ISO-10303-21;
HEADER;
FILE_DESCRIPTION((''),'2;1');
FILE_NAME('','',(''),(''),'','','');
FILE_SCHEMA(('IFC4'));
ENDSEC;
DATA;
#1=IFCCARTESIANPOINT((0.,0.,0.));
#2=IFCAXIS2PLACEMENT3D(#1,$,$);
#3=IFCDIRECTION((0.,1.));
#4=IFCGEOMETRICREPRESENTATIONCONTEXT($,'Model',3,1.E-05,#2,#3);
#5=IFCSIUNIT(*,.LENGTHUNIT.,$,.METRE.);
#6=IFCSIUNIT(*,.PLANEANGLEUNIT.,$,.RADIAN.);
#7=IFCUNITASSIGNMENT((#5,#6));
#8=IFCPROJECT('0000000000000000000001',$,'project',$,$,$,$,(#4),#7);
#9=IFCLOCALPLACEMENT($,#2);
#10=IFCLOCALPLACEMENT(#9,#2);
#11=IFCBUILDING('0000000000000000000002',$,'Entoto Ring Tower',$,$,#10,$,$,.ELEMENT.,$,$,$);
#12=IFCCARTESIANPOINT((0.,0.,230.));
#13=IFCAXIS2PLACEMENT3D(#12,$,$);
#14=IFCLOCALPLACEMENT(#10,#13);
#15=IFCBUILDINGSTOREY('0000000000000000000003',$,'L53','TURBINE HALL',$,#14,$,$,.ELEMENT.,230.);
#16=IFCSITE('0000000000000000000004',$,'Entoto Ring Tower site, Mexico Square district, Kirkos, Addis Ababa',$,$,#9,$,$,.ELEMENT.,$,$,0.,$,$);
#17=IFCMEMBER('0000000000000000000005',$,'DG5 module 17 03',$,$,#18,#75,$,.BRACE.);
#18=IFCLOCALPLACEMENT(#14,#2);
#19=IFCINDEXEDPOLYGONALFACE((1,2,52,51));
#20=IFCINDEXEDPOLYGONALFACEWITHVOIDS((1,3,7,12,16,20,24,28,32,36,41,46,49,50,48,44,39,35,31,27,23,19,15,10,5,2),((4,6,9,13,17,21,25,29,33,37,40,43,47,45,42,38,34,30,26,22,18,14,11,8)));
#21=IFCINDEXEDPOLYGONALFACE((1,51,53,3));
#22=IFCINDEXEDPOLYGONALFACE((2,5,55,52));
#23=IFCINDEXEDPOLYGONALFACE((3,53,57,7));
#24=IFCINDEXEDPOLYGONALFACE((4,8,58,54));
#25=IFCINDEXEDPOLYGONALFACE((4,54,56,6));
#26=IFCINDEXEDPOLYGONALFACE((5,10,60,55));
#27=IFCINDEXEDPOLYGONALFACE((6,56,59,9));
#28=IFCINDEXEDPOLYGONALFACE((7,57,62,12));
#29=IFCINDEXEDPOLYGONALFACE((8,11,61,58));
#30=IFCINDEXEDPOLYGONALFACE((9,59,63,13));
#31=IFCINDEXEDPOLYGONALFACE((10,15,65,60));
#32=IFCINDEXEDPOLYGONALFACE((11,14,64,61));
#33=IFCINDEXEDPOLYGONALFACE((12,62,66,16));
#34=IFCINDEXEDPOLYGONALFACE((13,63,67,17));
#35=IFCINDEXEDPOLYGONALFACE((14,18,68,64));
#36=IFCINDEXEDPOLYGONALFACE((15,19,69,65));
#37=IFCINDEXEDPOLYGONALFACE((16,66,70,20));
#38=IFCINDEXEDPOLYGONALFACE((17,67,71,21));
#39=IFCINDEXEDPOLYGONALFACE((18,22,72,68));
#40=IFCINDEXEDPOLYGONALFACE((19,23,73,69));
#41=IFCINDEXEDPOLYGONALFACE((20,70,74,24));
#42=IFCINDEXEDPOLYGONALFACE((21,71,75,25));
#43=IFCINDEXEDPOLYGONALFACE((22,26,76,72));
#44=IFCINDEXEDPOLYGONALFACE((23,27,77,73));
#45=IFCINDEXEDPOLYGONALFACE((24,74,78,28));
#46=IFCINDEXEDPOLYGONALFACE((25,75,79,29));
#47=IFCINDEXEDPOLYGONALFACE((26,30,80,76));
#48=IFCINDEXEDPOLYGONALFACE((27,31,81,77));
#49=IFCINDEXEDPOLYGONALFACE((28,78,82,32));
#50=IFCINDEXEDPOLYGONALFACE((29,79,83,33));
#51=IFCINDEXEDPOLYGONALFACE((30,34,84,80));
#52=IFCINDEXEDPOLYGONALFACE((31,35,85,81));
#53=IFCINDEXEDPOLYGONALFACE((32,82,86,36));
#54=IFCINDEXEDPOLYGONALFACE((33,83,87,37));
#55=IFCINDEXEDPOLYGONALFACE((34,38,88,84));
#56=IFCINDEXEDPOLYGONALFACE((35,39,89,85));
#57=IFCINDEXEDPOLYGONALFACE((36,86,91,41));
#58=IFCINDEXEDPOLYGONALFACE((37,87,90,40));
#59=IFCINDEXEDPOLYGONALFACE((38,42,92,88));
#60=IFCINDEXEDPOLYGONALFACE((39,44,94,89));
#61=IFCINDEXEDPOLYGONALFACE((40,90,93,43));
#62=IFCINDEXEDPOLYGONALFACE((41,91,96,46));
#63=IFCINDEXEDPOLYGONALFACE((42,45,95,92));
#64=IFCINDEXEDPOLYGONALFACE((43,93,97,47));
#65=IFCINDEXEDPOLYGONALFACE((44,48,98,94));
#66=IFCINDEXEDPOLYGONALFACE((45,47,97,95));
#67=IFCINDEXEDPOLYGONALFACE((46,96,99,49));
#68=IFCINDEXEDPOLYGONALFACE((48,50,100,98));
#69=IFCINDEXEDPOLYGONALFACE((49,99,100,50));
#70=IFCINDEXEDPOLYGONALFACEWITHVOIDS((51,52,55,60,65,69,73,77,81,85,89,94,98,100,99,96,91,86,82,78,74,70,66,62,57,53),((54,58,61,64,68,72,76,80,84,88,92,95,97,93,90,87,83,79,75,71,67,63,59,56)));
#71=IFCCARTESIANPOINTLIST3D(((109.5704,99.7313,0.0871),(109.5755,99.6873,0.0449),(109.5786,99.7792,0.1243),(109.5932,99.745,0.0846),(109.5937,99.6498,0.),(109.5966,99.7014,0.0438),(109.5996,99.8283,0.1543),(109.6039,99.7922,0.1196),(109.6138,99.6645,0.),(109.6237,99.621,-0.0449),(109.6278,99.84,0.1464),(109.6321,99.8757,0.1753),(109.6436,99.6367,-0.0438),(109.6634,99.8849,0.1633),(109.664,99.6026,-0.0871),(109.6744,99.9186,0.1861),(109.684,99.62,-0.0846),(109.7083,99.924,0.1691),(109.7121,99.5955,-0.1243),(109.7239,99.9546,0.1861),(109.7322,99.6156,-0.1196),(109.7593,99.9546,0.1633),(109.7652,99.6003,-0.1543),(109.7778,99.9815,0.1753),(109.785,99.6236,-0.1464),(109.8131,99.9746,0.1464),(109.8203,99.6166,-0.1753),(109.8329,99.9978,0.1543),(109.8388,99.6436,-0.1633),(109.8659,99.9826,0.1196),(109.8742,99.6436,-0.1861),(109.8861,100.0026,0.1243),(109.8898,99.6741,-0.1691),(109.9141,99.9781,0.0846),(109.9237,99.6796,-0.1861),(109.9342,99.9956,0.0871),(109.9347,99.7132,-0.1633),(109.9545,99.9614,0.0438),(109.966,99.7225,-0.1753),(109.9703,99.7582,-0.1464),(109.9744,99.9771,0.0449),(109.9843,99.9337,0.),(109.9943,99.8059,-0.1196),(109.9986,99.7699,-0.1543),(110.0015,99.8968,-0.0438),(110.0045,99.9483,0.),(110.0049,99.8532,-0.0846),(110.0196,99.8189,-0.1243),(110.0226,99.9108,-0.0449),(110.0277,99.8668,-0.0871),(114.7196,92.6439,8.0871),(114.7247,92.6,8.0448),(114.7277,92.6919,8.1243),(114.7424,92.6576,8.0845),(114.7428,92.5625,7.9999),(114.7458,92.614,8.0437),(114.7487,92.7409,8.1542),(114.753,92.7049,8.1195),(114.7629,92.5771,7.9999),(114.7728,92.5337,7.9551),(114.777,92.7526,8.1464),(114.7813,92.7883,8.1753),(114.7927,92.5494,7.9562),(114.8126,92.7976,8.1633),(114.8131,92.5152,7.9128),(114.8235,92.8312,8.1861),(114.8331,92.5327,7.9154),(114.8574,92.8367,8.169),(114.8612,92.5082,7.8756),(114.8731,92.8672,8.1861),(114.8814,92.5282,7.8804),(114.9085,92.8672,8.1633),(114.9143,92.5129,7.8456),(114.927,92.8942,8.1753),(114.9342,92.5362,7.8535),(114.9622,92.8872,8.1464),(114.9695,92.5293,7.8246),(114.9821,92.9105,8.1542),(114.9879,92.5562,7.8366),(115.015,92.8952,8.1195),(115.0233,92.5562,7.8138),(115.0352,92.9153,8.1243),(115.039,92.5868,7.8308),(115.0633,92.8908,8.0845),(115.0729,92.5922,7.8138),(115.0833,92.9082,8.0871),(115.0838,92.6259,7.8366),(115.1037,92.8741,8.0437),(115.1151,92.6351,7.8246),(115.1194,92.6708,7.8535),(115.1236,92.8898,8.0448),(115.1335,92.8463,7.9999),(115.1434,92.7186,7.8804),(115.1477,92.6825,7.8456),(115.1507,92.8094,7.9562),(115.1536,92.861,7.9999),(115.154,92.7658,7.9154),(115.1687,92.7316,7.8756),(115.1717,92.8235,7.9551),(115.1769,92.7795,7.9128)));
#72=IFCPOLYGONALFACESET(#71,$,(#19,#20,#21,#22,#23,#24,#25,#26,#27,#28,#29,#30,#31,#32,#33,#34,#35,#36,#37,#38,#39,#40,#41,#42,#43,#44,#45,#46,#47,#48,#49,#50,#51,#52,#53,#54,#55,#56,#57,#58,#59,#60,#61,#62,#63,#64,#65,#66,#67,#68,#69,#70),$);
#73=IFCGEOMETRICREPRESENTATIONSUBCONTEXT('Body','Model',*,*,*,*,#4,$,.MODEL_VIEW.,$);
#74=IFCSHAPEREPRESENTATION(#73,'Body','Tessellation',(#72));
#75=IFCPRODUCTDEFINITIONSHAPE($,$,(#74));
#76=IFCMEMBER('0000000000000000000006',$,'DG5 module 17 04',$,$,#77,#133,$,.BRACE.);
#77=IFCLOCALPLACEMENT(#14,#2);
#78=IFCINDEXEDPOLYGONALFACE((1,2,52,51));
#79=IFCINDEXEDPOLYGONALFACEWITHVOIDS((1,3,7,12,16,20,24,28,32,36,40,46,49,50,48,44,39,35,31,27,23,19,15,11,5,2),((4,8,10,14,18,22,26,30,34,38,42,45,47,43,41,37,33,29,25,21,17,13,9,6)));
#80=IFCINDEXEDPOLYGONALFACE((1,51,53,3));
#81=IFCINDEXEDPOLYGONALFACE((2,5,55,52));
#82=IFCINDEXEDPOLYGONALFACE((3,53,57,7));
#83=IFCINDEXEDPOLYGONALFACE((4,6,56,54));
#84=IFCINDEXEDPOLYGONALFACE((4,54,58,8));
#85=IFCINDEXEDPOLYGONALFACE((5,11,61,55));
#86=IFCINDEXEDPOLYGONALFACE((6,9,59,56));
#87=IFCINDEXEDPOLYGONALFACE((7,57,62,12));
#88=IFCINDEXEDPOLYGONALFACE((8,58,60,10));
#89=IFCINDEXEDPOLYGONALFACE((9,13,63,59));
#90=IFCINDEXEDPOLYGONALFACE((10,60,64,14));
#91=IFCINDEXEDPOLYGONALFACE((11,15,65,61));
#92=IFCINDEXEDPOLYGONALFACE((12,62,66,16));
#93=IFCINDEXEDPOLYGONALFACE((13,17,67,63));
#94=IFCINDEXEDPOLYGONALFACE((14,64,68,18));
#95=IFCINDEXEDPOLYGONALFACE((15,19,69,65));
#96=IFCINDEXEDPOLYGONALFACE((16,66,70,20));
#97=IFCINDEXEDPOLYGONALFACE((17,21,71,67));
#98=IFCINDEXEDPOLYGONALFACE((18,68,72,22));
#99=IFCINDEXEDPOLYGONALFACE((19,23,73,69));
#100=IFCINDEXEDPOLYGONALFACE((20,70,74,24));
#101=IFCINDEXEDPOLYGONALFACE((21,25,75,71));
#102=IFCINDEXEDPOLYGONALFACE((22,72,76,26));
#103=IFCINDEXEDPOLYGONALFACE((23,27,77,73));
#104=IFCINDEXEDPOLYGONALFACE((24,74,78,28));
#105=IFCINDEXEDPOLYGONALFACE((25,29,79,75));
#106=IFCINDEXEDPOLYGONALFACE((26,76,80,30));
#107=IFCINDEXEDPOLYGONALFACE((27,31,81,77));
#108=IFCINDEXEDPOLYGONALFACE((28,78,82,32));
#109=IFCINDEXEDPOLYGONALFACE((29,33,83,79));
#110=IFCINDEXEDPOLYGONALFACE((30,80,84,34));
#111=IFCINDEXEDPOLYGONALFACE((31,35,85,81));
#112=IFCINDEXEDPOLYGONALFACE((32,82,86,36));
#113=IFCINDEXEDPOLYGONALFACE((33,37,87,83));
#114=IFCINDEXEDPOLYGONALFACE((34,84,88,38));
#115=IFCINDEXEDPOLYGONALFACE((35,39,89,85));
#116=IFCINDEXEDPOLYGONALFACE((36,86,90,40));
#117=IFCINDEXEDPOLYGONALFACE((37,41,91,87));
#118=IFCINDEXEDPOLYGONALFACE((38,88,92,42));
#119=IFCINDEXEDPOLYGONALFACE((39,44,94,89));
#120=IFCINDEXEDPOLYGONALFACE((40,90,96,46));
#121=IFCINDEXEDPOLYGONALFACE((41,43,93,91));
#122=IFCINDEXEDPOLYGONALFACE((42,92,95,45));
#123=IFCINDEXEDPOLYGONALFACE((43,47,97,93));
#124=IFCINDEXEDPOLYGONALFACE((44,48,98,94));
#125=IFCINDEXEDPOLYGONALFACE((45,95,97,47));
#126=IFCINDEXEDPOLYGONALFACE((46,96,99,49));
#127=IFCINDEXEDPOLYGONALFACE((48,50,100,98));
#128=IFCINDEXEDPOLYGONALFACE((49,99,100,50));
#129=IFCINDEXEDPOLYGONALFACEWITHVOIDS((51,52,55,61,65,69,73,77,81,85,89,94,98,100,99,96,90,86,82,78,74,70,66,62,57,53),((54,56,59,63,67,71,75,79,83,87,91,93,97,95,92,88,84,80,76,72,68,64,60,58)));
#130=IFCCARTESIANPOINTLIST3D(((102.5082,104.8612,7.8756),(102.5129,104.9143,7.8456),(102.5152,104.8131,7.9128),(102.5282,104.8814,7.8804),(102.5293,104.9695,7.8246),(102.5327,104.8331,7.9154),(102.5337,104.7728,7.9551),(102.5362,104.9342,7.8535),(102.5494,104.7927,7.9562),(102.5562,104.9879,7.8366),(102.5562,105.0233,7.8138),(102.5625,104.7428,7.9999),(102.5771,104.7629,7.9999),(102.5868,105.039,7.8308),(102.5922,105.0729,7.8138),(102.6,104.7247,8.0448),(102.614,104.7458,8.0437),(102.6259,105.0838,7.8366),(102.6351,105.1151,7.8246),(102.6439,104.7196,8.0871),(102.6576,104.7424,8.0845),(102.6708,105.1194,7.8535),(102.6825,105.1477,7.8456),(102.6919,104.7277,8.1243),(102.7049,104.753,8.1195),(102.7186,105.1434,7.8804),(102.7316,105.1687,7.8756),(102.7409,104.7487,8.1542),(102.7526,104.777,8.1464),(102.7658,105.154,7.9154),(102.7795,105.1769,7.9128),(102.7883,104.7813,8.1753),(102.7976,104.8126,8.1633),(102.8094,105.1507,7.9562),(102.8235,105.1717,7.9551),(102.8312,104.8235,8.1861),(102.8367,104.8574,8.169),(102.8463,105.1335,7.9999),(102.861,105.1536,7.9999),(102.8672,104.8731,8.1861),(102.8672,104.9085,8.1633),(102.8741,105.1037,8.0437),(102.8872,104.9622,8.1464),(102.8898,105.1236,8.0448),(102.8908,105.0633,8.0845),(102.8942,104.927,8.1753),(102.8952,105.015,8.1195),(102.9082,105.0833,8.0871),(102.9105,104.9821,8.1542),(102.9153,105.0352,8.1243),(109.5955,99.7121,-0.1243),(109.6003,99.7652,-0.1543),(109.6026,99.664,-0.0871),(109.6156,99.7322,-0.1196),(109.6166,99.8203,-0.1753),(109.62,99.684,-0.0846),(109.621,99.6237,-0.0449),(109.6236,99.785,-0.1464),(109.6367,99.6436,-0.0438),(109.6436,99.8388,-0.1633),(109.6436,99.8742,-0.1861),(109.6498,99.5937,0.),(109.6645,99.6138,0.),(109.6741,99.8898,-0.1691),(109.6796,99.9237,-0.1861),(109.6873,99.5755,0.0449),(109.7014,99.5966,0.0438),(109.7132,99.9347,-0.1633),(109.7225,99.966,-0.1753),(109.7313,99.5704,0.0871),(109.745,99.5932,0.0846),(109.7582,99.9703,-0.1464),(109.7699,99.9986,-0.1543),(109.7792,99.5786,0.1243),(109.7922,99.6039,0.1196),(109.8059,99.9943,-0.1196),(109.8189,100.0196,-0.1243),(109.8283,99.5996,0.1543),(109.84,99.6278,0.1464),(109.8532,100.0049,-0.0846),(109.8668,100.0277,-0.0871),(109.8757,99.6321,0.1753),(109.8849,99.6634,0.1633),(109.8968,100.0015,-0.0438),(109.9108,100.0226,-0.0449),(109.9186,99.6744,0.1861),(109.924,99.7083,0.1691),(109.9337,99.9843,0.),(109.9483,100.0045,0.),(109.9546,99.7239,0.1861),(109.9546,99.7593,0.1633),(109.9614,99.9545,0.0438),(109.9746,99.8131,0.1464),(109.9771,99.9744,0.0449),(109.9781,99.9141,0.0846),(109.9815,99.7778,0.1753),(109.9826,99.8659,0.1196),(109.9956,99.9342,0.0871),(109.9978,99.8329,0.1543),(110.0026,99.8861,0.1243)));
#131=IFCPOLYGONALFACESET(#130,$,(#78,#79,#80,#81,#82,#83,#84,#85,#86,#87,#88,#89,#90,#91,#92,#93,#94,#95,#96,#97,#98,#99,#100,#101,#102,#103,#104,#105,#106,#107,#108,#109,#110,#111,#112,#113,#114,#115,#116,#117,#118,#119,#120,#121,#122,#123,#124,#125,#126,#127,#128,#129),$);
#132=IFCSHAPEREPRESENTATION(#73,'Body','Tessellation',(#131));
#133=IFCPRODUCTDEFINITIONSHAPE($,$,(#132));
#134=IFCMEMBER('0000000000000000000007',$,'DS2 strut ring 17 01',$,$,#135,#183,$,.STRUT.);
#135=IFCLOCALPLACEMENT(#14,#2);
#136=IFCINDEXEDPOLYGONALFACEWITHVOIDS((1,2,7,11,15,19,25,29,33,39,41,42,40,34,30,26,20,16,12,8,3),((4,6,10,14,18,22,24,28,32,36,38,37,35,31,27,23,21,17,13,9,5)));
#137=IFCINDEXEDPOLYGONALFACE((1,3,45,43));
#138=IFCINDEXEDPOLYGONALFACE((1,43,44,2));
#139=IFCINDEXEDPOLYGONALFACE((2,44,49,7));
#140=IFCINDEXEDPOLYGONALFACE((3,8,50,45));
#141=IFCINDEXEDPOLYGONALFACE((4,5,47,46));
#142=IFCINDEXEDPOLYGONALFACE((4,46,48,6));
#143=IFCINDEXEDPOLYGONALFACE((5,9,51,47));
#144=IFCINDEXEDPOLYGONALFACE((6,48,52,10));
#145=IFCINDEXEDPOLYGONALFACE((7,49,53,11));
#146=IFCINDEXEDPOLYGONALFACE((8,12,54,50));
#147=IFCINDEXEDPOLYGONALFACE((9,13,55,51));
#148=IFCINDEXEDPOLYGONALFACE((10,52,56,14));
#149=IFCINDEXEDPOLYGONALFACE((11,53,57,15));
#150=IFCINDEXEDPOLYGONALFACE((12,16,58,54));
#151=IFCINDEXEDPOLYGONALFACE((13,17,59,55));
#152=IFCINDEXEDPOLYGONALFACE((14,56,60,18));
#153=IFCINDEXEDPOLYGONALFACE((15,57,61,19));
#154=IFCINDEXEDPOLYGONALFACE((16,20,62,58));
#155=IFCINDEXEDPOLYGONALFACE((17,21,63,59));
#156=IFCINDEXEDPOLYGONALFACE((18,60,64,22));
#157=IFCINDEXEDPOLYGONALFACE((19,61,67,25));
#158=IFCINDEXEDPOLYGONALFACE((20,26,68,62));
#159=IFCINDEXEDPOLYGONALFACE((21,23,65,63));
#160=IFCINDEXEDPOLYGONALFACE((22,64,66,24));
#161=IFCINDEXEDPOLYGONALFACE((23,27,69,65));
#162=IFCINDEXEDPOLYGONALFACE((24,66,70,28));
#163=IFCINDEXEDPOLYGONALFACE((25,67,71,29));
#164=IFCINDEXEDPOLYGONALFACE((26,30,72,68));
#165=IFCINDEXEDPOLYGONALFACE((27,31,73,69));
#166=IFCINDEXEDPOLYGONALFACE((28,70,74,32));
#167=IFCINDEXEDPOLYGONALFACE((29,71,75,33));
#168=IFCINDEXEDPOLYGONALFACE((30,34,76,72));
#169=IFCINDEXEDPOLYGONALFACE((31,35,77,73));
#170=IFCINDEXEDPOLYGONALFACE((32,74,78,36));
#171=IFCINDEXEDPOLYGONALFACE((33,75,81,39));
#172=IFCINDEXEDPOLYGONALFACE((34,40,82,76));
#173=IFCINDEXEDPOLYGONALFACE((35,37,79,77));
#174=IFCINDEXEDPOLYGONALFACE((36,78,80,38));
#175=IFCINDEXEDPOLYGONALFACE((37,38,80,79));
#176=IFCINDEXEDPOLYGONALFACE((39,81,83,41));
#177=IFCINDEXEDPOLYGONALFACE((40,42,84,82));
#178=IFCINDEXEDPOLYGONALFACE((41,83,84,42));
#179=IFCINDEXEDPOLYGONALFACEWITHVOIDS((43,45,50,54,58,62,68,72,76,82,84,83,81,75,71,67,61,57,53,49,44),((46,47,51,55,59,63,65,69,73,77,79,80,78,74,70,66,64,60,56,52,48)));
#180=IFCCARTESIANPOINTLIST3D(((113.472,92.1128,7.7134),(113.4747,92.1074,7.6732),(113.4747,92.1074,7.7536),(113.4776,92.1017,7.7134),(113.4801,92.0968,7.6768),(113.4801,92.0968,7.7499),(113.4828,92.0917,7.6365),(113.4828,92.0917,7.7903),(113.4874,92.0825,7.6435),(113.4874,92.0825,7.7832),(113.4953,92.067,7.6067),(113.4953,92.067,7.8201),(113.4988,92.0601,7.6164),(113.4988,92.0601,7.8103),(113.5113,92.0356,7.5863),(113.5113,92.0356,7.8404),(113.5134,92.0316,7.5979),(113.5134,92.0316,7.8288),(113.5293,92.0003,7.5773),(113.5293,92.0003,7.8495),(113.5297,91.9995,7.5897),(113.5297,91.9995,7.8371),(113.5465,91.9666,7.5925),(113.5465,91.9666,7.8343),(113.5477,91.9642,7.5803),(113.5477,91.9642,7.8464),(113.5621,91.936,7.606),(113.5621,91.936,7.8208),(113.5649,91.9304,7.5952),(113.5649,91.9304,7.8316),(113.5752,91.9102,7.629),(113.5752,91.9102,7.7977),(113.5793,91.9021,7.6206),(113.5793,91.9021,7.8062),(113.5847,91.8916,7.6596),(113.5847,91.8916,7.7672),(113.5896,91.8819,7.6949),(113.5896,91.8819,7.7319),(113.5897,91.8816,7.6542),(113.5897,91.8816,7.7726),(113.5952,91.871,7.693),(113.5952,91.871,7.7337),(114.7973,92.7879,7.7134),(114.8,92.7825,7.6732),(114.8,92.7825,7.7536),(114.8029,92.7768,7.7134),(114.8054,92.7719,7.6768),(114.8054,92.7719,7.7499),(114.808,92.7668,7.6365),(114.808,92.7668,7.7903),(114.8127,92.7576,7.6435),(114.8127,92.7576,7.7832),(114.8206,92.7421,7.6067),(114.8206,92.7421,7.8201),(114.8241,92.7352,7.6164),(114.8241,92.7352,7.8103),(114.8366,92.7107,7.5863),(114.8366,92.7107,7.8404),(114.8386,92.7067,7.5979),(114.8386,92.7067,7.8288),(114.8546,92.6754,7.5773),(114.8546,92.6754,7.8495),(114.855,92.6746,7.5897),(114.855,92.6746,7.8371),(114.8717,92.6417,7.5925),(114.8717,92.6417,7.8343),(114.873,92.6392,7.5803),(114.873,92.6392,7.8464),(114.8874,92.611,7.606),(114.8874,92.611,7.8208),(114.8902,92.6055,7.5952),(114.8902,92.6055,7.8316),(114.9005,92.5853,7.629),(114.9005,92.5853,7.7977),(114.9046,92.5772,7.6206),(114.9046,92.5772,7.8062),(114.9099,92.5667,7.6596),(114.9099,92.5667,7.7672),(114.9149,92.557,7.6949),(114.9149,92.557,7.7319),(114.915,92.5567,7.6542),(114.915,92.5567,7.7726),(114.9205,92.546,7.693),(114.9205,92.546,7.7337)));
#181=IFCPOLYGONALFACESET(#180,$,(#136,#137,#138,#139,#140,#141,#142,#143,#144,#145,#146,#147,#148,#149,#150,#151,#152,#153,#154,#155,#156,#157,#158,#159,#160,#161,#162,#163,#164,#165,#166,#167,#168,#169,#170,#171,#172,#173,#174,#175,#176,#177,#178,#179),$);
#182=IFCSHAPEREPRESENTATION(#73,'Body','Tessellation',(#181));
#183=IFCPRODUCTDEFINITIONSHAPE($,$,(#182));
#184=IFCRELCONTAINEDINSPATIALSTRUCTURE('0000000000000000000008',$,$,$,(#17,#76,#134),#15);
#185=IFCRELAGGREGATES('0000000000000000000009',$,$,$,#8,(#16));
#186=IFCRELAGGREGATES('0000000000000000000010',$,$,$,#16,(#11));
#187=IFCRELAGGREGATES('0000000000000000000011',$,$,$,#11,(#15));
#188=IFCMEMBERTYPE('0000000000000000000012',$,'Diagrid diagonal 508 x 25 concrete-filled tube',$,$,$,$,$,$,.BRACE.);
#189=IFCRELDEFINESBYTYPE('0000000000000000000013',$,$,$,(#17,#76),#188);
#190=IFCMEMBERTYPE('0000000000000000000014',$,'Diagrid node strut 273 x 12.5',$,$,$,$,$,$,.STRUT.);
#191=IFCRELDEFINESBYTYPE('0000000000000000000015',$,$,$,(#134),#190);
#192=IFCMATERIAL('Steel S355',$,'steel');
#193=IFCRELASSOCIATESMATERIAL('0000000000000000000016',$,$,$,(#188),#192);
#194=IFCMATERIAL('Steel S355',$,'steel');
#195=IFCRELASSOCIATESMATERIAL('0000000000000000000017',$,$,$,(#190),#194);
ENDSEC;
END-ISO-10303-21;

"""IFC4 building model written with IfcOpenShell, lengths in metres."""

from ifc_helpers import new_model, si_unit, direction, frame, origin, origin_2d, place, context, subcontext, project, spatial, circle, hollow_circle, extrude, material, material_profile, profile_set, type_object, element, save


model = new_model("IFC4")

# Units and contexts
model_context = context("Model", 3, precision=1e-05, world=origin(), true_north=direction((0.0, 1.0)))
body_context = subcontext(model_context, "Body", "Model", "MODEL_VIEW")
ifc_project = project(units=[si_unit("LENGTHUNIT", "METRE"), si_unit("PLANEANGLEUNIT", "RADIAN")], contexts=[model_context])

# Site, building, storey
site_placement = place(None, origin())
site = spatial("IfcSite", under=ifc_project, at=site_placement, Name="Entoto Ring Tower site, Mexico Square district, Kirkos, Addis Ababa", CompositionType="ELEMENT", RefElevation=0.0)
building_placement = place(site_placement, origin())
building = spatial("IfcBuilding", under=site, at=building_placement, Name="Entoto Ring Tower", CompositionType="ELEMENT")
storey_placement = place(building_placement, frame((0.0, 0.0, 230.0)))
storey = spatial("IfcBuildingStorey", under=building, at=storey_placement, Name="L53", Description="TURBINE HALL", CompositionType="ELEMENT", Elevation=230.0)

# Members
ifc_material_1 = material(Name="Steel S355", Category="steel")
ifc_material_profile_1 = material_profile(ifc_material_1, hollow_circle(Radius=0.2539, WallThickness=0.0249, at=origin_2d()), Name="CHS 508 x 25")
ifc_material_2 = material(Name="Concrete C60/75", Category="concrete")
ifc_material_profile_2 = material_profile(ifc_material_2, circle(Radius=0.229, at=origin_2d()), Name="Concrete C60/75 infill")
ifc_profile_set_1 = profile_set([ifc_material_profile_1, ifc_material_profile_2], Name="Steel S355")
member_type_1 = type_object("IfcMemberType", Name="Diagrid diagonal 508 x 25 concrete-filled tube", PredefinedType="BRACE", material=ifc_profile_set_1)
for number, where, z_axis, x_axis, name in (
    (1, (109.7991, 99.7991, 0.0), (0.434031, -0.597407, 0.674331), (0.809024, 0.587776, 0.0), "DG5 module 17 03"),
    (2, (109.7991, 99.7991, 0.0), (-0.597407, 0.434031, 0.674331), (-0.587776, -0.809024, 0.0), "DG5 module 17 04"),
):
    element("IfcMember", number, at=place(storey_placement, frame(where, z_axis=z_axis, x_axis=x_axis)), inside=storey, type_object=member_type_1, Name=name, PredefinedType="BRACE", context=body_context, shape_type="SweptSolid", body=[
        extrude(hollow_circle(Radius=0.2539, WallThickness=0.0249, at=origin_2d()), origin(), (0.0, 0.0, 1.0), 11.8635),
    ])
ifc_material_3 = material(Name="Steel S355", Category="steel")
ifc_material_profile_3 = material_profile(ifc_material_3, hollow_circle(Radius=0.1365, WallThickness=0.0125, at=origin_2d()), Name="CHS 273 x 12.5")
ifc_material_4 = material(Name="Concrete C60/75", Category="concrete")
ifc_material_profile_4 = material_profile(ifc_material_4, circle(Radius=0.124, at=origin_2d()), Name="Concrete C60/75 infill")
ifc_profile_set_2 = profile_set([ifc_material_profile_3, ifc_material_profile_4], Name="Steel S355")
member_type_2 = type_object("IfcMemberType", Name="Diagrid node strut 273 x 12.5", PredefinedType="STRUT", material=ifc_profile_set_2)
for number, where, z_axis, x_axis, name in (
    (3, (113.5339, 91.9912, 7.7134), (0.891053, 0.453899, 0.0), (-0.453899, 0.891053, 0.0), "DS2 strut ring 17 01"),
):
    element("IfcMember", number, at=place(storey_placement, frame(where, z_axis=z_axis, x_axis=x_axis)), inside=storey, type_object=member_type_2, Name=name, PredefinedType="STRUT", context=body_context, shape_type="SweptSolid", body=[
        extrude(hollow_circle(Radius=0.1365, WallThickness=0.0125, at=origin_2d()), origin(), (0.0, 0.0, 1.0), 1.4873),
    ])

save(model, "model.ifc")
